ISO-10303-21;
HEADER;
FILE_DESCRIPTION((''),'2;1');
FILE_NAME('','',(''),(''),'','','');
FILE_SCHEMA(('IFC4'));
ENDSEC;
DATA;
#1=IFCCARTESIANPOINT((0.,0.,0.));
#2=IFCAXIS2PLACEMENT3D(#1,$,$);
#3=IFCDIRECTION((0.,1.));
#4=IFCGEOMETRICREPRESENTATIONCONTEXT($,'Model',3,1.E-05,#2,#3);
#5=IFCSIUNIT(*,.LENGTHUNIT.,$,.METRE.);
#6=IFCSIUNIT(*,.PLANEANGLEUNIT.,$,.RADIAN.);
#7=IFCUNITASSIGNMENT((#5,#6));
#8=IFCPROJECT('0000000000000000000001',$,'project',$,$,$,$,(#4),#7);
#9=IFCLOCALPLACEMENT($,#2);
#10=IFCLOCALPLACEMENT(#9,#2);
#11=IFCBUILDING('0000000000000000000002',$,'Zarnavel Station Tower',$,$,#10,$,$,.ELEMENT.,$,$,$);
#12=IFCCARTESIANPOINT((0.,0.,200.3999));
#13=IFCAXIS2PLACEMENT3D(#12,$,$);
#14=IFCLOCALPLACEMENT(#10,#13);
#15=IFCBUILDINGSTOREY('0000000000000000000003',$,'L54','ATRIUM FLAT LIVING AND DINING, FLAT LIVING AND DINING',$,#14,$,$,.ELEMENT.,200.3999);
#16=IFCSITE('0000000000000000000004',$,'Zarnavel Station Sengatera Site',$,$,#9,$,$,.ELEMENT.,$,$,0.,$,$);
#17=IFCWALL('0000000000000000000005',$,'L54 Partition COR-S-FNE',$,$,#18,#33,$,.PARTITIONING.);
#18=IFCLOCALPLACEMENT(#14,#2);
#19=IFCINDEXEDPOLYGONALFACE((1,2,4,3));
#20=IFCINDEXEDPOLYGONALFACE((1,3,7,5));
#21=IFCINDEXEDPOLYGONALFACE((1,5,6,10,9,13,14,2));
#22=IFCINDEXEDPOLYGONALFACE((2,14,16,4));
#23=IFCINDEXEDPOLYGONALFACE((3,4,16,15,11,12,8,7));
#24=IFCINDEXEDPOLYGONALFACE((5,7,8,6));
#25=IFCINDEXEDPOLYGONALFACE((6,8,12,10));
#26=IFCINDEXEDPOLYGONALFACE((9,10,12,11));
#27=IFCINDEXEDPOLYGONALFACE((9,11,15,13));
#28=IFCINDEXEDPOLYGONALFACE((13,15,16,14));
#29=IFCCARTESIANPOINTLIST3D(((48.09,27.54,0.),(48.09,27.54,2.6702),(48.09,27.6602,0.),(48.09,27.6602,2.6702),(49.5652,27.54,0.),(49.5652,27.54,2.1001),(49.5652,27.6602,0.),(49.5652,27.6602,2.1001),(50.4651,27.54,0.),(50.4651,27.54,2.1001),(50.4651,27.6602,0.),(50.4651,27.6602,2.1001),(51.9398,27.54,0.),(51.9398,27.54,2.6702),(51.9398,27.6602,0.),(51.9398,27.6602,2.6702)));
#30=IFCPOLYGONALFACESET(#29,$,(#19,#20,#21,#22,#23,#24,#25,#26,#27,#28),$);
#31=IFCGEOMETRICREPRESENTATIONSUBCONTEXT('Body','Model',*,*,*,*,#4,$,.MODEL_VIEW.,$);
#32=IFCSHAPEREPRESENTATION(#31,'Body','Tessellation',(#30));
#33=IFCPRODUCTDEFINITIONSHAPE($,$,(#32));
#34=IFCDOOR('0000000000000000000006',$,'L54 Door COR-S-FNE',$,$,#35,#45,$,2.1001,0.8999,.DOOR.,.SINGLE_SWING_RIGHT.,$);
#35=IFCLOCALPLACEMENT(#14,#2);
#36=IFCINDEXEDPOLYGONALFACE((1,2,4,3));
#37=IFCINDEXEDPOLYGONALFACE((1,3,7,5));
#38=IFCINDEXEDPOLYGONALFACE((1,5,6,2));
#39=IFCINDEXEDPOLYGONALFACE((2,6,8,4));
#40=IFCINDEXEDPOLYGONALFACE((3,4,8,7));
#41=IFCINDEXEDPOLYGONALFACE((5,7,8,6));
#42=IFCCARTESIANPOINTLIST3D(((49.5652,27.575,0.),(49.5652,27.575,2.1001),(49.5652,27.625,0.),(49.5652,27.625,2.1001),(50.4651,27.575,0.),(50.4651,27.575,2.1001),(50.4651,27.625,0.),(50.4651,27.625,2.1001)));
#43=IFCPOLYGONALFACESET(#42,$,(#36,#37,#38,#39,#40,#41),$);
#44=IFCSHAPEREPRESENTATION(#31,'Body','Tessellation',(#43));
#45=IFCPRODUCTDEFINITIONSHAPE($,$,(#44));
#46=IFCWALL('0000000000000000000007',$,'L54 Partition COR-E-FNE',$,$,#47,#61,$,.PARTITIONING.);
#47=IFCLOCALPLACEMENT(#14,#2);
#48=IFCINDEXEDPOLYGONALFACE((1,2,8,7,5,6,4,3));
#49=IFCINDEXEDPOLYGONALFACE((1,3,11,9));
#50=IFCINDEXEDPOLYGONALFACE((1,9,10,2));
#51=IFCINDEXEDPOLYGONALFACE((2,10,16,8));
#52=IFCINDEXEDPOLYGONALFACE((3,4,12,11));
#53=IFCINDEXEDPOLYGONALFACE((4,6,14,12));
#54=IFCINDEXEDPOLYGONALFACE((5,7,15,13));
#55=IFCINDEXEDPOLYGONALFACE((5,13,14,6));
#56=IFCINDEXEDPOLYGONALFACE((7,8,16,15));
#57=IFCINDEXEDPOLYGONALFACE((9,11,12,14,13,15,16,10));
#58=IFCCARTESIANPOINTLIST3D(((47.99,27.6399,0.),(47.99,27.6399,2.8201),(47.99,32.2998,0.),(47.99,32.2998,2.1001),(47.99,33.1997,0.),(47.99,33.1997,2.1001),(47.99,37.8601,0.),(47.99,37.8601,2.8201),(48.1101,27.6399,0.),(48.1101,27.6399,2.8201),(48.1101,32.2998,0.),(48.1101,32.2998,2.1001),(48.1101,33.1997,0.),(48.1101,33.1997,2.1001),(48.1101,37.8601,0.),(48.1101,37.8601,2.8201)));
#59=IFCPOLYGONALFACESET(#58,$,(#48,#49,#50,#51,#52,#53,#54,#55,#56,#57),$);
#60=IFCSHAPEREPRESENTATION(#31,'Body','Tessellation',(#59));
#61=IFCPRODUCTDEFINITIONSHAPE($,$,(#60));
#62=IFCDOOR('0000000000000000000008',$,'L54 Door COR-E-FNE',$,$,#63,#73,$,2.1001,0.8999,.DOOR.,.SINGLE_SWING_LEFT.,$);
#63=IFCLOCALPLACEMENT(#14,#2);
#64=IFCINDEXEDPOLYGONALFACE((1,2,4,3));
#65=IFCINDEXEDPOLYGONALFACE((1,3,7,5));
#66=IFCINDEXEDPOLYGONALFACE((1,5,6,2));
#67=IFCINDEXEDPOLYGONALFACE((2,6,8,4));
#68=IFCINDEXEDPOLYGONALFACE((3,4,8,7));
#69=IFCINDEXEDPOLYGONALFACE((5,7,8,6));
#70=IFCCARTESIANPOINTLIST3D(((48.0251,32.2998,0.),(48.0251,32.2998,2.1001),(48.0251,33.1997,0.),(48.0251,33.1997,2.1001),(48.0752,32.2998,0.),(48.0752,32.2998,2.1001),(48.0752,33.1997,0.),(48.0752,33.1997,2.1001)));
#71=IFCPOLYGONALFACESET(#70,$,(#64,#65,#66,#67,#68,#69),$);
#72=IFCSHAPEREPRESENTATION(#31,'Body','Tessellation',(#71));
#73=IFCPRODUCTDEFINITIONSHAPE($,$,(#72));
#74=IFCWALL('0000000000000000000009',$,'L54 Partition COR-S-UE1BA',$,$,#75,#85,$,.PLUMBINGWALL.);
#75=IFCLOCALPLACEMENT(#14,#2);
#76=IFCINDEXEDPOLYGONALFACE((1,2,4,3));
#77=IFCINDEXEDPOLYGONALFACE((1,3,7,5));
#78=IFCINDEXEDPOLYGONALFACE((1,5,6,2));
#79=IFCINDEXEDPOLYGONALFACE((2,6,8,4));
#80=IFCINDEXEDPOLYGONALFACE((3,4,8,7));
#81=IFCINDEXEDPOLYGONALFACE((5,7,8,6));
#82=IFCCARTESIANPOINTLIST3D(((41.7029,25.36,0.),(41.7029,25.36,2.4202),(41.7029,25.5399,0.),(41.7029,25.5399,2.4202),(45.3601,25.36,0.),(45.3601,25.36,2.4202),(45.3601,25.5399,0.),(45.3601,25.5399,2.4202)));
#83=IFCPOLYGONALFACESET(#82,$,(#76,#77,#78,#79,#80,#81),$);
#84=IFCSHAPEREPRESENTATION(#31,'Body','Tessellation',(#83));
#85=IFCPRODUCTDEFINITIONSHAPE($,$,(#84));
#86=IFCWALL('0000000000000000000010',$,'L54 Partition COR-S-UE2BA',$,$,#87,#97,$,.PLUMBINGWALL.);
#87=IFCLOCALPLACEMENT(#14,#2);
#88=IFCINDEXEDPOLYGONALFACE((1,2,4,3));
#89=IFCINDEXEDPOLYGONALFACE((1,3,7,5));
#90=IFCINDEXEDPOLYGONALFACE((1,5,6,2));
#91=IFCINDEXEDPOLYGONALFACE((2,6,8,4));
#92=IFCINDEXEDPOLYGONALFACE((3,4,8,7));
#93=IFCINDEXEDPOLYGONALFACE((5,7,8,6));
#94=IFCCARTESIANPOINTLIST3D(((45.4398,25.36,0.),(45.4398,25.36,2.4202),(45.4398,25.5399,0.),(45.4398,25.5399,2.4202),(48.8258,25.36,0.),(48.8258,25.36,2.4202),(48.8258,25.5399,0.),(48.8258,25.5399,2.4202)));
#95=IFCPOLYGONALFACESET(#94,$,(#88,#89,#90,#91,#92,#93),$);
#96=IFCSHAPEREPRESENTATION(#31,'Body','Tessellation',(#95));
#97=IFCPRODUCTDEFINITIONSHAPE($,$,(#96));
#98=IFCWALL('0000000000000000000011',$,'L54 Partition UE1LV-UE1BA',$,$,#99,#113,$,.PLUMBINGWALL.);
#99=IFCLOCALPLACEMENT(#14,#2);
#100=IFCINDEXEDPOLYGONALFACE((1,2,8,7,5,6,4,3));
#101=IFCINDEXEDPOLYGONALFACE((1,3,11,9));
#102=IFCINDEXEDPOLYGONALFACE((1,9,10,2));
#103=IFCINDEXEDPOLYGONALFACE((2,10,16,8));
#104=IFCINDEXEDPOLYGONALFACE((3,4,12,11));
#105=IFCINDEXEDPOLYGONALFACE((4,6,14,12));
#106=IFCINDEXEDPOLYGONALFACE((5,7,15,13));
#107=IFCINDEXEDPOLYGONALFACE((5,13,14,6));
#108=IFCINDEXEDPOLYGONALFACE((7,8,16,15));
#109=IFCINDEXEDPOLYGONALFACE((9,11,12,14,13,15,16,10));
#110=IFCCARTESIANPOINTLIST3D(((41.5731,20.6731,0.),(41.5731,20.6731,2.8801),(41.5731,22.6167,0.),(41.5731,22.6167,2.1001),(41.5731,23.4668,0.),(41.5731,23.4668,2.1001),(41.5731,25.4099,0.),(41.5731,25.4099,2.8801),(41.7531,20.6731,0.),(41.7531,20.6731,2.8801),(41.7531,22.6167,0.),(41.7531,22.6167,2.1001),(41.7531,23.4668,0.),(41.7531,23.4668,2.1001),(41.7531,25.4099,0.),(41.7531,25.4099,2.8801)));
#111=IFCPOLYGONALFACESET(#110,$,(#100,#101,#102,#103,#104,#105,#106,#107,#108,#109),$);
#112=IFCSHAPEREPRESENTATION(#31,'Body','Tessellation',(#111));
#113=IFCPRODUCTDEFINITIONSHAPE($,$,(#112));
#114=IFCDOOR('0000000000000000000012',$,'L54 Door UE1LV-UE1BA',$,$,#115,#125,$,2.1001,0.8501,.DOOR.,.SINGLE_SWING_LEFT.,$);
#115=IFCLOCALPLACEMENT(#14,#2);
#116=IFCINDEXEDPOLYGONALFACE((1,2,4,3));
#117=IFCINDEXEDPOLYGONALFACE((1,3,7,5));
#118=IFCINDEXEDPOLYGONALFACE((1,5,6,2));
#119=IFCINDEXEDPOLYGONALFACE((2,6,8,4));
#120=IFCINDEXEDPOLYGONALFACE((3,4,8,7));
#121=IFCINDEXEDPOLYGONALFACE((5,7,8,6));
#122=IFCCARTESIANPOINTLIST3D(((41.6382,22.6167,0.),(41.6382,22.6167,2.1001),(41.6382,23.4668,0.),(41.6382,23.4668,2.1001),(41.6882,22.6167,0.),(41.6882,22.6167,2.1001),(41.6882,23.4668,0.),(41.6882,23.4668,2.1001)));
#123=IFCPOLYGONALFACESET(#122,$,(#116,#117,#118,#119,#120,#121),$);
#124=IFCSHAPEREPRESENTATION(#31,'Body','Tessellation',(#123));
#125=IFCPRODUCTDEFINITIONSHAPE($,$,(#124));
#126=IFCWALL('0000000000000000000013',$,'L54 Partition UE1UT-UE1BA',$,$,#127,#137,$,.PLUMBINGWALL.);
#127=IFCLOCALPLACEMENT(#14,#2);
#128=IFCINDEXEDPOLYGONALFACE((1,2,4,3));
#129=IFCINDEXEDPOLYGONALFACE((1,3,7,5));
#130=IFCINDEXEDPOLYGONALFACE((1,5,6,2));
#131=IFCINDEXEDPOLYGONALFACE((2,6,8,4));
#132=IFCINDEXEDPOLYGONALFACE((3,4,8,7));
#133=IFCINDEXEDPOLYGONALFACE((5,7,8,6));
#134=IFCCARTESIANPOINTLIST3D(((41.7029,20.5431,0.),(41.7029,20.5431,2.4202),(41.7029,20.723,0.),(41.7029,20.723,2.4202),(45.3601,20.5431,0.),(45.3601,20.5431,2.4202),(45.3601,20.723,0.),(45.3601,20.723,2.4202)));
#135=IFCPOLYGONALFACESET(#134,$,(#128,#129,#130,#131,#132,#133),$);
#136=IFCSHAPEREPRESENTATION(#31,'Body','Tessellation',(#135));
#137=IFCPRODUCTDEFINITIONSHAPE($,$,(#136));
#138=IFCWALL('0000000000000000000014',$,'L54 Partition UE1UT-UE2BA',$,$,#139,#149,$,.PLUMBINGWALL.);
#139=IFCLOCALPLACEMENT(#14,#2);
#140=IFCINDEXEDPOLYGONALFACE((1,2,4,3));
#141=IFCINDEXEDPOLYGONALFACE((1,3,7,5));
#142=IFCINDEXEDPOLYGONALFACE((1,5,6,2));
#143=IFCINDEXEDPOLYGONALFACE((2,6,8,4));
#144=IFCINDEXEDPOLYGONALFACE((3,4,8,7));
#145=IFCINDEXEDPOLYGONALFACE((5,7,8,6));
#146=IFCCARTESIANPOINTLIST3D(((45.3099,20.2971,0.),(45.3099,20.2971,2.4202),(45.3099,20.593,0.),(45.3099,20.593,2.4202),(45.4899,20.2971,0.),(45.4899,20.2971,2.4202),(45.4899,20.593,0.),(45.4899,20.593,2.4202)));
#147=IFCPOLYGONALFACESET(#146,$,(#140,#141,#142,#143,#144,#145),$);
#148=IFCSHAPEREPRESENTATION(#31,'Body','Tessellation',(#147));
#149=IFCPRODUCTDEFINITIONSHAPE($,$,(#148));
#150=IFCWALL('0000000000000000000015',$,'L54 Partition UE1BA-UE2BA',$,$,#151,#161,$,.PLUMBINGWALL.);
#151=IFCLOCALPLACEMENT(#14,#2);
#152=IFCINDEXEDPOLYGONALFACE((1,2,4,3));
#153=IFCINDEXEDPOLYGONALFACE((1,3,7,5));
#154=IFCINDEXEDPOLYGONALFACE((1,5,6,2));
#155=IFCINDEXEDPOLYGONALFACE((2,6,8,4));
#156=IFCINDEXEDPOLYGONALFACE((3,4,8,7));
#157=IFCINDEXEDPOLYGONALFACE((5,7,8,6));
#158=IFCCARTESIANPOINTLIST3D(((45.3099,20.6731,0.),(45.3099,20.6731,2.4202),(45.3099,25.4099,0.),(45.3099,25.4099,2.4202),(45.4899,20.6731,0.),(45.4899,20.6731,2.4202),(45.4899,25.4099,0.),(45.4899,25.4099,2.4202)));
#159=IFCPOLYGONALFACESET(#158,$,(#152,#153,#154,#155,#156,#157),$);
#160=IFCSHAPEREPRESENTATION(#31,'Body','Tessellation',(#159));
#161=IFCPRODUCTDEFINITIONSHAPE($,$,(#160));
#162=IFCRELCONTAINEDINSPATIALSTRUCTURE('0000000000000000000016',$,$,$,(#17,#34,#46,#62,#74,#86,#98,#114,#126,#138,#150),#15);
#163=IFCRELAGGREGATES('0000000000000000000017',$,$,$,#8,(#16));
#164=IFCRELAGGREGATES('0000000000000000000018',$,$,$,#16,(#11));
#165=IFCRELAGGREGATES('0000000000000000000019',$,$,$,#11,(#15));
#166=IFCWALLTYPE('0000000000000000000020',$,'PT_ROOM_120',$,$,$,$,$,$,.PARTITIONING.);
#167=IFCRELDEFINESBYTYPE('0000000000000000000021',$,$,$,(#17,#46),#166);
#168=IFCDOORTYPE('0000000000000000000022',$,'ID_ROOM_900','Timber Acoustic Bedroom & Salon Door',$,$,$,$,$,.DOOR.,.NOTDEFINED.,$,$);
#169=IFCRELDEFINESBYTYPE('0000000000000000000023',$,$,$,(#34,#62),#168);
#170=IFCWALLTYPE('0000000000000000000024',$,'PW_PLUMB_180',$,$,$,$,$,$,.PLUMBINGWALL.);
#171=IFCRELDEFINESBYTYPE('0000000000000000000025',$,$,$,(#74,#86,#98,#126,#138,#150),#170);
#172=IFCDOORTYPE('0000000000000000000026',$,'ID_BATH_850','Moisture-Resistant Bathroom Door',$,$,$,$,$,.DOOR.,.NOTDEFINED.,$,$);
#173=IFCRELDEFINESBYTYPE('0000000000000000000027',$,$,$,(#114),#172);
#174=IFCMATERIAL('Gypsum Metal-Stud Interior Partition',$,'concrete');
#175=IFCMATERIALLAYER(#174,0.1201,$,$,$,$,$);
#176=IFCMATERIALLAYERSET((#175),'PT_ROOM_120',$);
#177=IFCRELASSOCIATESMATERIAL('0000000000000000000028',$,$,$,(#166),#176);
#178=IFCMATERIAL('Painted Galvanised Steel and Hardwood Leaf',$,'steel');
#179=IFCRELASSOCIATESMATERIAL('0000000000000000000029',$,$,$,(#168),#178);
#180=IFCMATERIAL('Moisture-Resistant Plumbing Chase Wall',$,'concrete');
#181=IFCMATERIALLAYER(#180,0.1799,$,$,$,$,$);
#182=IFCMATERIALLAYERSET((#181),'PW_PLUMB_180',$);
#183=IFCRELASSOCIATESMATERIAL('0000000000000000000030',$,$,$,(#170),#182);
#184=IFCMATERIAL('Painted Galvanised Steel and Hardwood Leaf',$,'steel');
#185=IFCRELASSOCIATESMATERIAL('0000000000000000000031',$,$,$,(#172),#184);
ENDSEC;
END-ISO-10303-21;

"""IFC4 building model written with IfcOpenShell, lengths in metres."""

from ifc_helpers import new_model, si_unit, direction, frame, frame_2d, origin, place, context, subcontext, project, spatial, rectangle, extrude, material, layer, layer_set, type_object, element, fill, save


model = new_model("IFC4")

# Units and contexts
model_context = context("Model", 3, precision=1e-05, world=origin(), true_north=direction((0.0, 1.0)))
body_context = subcontext(model_context, "Body", "Model", "MODEL_VIEW")
ifc_project = project(units=[si_unit("LENGTHUNIT", "METRE"), si_unit("PLANEANGLEUNIT", "RADIAN")], contexts=[model_context])

# Site, building, storey
site_placement = place(None, origin())
site = spatial("IfcSite", under=ifc_project, at=site_placement, Name="Zarnavel Station Sengatera Site", CompositionType="ELEMENT", RefElevation=0.0)
building_placement = place(site_placement, origin())
building = spatial("IfcBuilding", under=site, at=building_placement, Name="Zarnavel Station Tower", CompositionType="ELEMENT")
storey_placement = place(building_placement, frame((0.0, 0.0, 200.3999)))
storey = spatial("IfcBuildingStorey", under=building, at=storey_placement, Name="L54", Description="ATRIUM FLAT LIVING AND DINING, FLAT LIVING AND DINING", CompositionType="ELEMENT", Elevation=200.3999)

# Walls, openings, doors
ifc_material_1 = material(Name="Gypsum Metal-Stud Interior Partition", Category="concrete")
ifc_layer_1 = layer(ifc_material_1, 0.1201)
ifc_layer_set_1 = layer_set([ifc_layer_1], Name="PT_ROOM_120")
wall_type_1 = type_object("IfcWallType", Name="PT_ROOM_120", PredefinedType="PARTITIONING", material=ifc_layer_set_1)
wall_1_placement = place(storey_placement, frame((48.0901, 27.6001, 0.0), z_axis=(0.0, 0.0, 1.0), x_axis=(1.0, 0.0, 0.0)))
wall_1 = element("IfcWall", 1, at=wall_1_placement, inside=storey, type_object=wall_type_1, Name="L54 Partition COR-S-FNE", PredefinedType="PARTITIONING", context=body_context, shape_type="SweptSolid", body=[
    extrude(rectangle(XDim=3.8499, YDim=0.1201, at=frame_2d((1.9248, 0.0))), origin(), (0.0, 0.0, 1.0), 2.6702),
])
opening_1_placement = place(wall_1_placement, frame((1.4751, 0.0, 0.0)))
opening_1 = element("IfcOpeningElement", 2, at=opening_1_placement, cuts=wall_1, PredefinedType="OPENING", context=body_context, shape_type="SweptSolid", body=[
    extrude(rectangle(XDim=0.8999, YDim=2.1001, at=frame_2d((0.45, 1.05))), frame((0.0, 0.0701, 0.0), z_axis=(0.0, -1.0, 0.0), x_axis=(1.0, 0.0, 0.0)), (0.0, 0.0, 1.0), 0.1401),
])
ifc_material_2 = material(Name="Painted Galvanised Steel and Hardwood Leaf", Category="steel")
door_type_1 = type_object("IfcDoorType", Name="ID_ROOM_900", Description="Timber Acoustic Bedroom & Salon Door", OperationType="NOTDEFINED", PredefinedType="DOOR", material=ifc_material_2)
door_1_placement = place(opening_1_placement, origin())
door_1 = element("IfcDoor", 3, at=door_1_placement, inside=storey, type_object=door_type_1, Name="L54 Door COR-S-FNE", OperationType="SINGLE_SWING_RIGHT", OverallHeight=2.1001, OverallWidth=0.8999, PredefinedType="DOOR", context=body_context, shape_type="SweptSolid", body=[
    extrude(rectangle(XDim=0.8999, YDim=2.1001, at=frame_2d((0.45, 1.05))), frame((0.0, 0.0249, 0.0), z_axis=(0.0, -1.0, 0.0), x_axis=(1.0, 0.0, 0.0)), (0.0, 0.0, 1.0), 0.05),
])
fill(opening_1, door_1)
wall_2_placement = place(storey_placement, frame((48.05, 27.6399, 0.0), z_axis=(0.0, 0.0, 1.0), x_axis=(0.0, 1.0, 0.0)))
wall_2 = element("IfcWall", 4, at=wall_2_placement, inside=storey, type_object=wall_type_1, Name="L54 Partition COR-E-FNE", PredefinedType="PARTITIONING", context=body_context, shape_type="SweptSolid", body=[
    extrude(rectangle(XDim=10.2202, YDim=0.1201, at=frame_2d((5.1101, 0.0))), origin(), (0.0, 0.0, 1.0), 2.8201),
])
opening_2_placement = place(wall_2_placement, frame((4.6599, 0.0, 0.0)))
opening_2 = element("IfcOpeningElement", 5, at=opening_2_placement, cuts=wall_2, PredefinedType="OPENING", context=body_context, shape_type="SweptSolid", body=[
    extrude(rectangle(XDim=0.8999, YDim=2.1001, at=frame_2d((0.45, 1.05))), frame((0.0, 0.0701, 0.0), z_axis=(0.0, -1.0, 0.0), x_axis=(1.0, 0.0, 0.0)), (0.0, 0.0, 1.0), 0.1401),
])
door_2_placement = place(opening_2_placement, origin())
door_2 = element("IfcDoor", 6, at=door_2_placement, inside=storey, type_object=door_type_1, Name="L54 Door COR-E-FNE", OperationType="SINGLE_SWING_LEFT", OverallHeight=2.1001, OverallWidth=0.8999, PredefinedType="DOOR", context=body_context, shape_type="SweptSolid", body=[
    extrude(rectangle(XDim=0.8999, YDim=2.1001, at=frame_2d((0.45, 1.05))), frame((0.0, 0.0249, 0.0), z_axis=(0.0, -1.0, 0.0), x_axis=(1.0, 0.0, 0.0)), (0.0, 0.0, 1.0), 0.05),
])
fill(opening_2, door_2)

# Walls
ifc_material_3 = material(Name="Moisture-Resistant Plumbing Chase Wall", Category="concrete")
ifc_layer_2 = layer(ifc_material_3, 0.1799)
ifc_layer_set_2 = layer_set([ifc_layer_2], Name="PW_PLUMB_180")
wall_type_2 = type_object("IfcWallType", Name="PW_PLUMB_180", PredefinedType="PLUMBINGWALL", material=ifc_layer_set_2)
wall_3_placement = place(storey_placement, frame((41.7029, 25.45, 0.0), z_axis=(0.0, 0.0, 1.0), x_axis=(1.0, 0.0, 0.0)))
element("IfcWall", 7, at=wall_3_placement, inside=storey, type_object=wall_type_2, Name="L54 Partition COR-S-UE1BA", PredefinedType="PLUMBINGWALL", context=body_context, shape_type="SweptSolid", body=[
    extrude(rectangle(XDim=3.6572, YDim=0.1799, at=frame_2d((1.8286, 0.0))), origin(), (0.0, 0.0, 1.0), 2.4202),
])
wall_4_placement = place(storey_placement, frame((45.4399, 25.45, 0.0), z_axis=(0.0, 0.0, 1.0), x_axis=(1.0, 0.0, 0.0)))
element("IfcWall", 8, at=wall_4_placement, inside=storey, type_object=wall_type_2, Name="L54 Partition COR-S-UE2BA", PredefinedType="PLUMBINGWALL", context=body_context, shape_type="SweptSolid", body=[
    extrude(rectangle(XDim=3.386, YDim=0.1799, at=frame_2d((1.6929, 0.0))), origin(), (0.0, 0.0, 1.0), 2.4202),
])

# Wall, opening, door
wall_5_placement = place(storey_placement, frame((41.6631, 20.6731, 0.0), z_axis=(0.0, 0.0, 1.0), x_axis=(0.0, 1.0, 0.0)))
wall_5 = element("IfcWall", 9, at=wall_5_placement, inside=storey, type_object=wall_type_2, Name="L54 Partition UE1LV-UE1BA", PredefinedType="PLUMBINGWALL", context=body_context, shape_type="SweptSolid", body=[
    extrude(rectangle(XDim=4.7368, YDim=0.1799, at=frame_2d((2.3684, 0.0))), origin(), (0.0, 0.0, 1.0), 2.8801),
])
opening_3_placement = place(wall_5_placement, frame((1.9436, 0.0, 0.0)))
opening_3 = element("IfcOpeningElement", 10, at=opening_3_placement, cuts=wall_5, PredefinedType="OPENING", context=body_context, shape_type="SweptSolid", body=[
    extrude(rectangle(XDim=0.8501, YDim=2.1001, at=frame_2d((0.425, 1.05))), frame((0.0, 0.0999, 0.0), z_axis=(0.0, -1.0, 0.0), x_axis=(1.0, 0.0, 0.0)), (0.0, 0.0, 1.0), 0.2),
])
ifc_material_4 = material(Name="Painted Galvanised Steel and Hardwood Leaf", Category="steel")
door_type_2 = type_object("IfcDoorType", Name="ID_BATH_850", Description="Moisture-Resistant Bathroom Door", OperationType="NOTDEFINED", PredefinedType="DOOR", material=ifc_material_4)
door_3_placement = place(opening_3_placement, origin())
door_3 = element("IfcDoor", 11, at=door_3_placement, inside=storey, type_object=door_type_2, Name="L54 Door UE1LV-UE1BA", OperationType="SINGLE_SWING_LEFT", OverallHeight=2.1001, OverallWidth=0.8501, PredefinedType="DOOR", context=body_context, shape_type="SweptSolid", body=[
    extrude(rectangle(XDim=0.8501, YDim=2.1001, at=frame_2d((0.425, 1.05))), frame((0.0, 0.0249, 0.0), z_axis=(0.0, -1.0, 0.0), x_axis=(1.0, 0.0, 0.0)), (0.0, 0.0, 1.0), 0.05),
])
fill(opening_3, door_3)

# Walls
wall_6_placement = place(storey_placement, frame((41.7029, 20.6331, 0.0), z_axis=(0.0, 0.0, 1.0), x_axis=(1.0, 0.0, 0.0)))
element("IfcWall", 12, at=wall_6_placement, inside=storey, type_object=wall_type_2, Name="L54 Partition UE1UT-UE1BA", PredefinedType="PLUMBINGWALL", context=body_context, shape_type="SweptSolid", body=[
    extrude(rectangle(XDim=3.6572, YDim=0.1799, at=frame_2d((1.8286, 0.0))), origin(), (0.0, 0.0, 1.0), 2.4202),
])
wall_7_placement = place(storey_placement, frame((45.3999, 20.2971, 0.0), z_axis=(0.0, 0.0, 1.0), x_axis=(0.0, 1.0, 0.0)))
element("IfcWall", 13, at=wall_7_placement, inside=storey, type_object=wall_type_2, Name="L54 Partition UE1UT-UE2BA", PredefinedType="PLUMBINGWALL", context=body_context, shape_type="SweptSolid", body=[
    extrude(rectangle(XDim=0.2959, YDim=0.1799, at=frame_2d((0.1479, 0.0))), origin(), (0.0, 0.0, 1.0), 2.4202),
])
wall_8_placement = place(storey_placement, frame((45.3999, 20.6731, 0.0), z_axis=(0.0, 0.0, 1.0), x_axis=(0.0, 1.0, 0.0)))
element("IfcWall", 14, at=wall_8_placement, inside=storey, type_object=wall_type_2, Name="L54 Partition UE1BA-UE2BA", PredefinedType="PLUMBINGWALL", context=body_context, shape_type="SweptSolid", body=[
    extrude(rectangle(XDim=4.7368, YDim=0.1799, at=frame_2d((2.3684, 0.0))), origin(), (0.0, 0.0, 1.0), 2.4202),
])

save(model, "model.ifc")
